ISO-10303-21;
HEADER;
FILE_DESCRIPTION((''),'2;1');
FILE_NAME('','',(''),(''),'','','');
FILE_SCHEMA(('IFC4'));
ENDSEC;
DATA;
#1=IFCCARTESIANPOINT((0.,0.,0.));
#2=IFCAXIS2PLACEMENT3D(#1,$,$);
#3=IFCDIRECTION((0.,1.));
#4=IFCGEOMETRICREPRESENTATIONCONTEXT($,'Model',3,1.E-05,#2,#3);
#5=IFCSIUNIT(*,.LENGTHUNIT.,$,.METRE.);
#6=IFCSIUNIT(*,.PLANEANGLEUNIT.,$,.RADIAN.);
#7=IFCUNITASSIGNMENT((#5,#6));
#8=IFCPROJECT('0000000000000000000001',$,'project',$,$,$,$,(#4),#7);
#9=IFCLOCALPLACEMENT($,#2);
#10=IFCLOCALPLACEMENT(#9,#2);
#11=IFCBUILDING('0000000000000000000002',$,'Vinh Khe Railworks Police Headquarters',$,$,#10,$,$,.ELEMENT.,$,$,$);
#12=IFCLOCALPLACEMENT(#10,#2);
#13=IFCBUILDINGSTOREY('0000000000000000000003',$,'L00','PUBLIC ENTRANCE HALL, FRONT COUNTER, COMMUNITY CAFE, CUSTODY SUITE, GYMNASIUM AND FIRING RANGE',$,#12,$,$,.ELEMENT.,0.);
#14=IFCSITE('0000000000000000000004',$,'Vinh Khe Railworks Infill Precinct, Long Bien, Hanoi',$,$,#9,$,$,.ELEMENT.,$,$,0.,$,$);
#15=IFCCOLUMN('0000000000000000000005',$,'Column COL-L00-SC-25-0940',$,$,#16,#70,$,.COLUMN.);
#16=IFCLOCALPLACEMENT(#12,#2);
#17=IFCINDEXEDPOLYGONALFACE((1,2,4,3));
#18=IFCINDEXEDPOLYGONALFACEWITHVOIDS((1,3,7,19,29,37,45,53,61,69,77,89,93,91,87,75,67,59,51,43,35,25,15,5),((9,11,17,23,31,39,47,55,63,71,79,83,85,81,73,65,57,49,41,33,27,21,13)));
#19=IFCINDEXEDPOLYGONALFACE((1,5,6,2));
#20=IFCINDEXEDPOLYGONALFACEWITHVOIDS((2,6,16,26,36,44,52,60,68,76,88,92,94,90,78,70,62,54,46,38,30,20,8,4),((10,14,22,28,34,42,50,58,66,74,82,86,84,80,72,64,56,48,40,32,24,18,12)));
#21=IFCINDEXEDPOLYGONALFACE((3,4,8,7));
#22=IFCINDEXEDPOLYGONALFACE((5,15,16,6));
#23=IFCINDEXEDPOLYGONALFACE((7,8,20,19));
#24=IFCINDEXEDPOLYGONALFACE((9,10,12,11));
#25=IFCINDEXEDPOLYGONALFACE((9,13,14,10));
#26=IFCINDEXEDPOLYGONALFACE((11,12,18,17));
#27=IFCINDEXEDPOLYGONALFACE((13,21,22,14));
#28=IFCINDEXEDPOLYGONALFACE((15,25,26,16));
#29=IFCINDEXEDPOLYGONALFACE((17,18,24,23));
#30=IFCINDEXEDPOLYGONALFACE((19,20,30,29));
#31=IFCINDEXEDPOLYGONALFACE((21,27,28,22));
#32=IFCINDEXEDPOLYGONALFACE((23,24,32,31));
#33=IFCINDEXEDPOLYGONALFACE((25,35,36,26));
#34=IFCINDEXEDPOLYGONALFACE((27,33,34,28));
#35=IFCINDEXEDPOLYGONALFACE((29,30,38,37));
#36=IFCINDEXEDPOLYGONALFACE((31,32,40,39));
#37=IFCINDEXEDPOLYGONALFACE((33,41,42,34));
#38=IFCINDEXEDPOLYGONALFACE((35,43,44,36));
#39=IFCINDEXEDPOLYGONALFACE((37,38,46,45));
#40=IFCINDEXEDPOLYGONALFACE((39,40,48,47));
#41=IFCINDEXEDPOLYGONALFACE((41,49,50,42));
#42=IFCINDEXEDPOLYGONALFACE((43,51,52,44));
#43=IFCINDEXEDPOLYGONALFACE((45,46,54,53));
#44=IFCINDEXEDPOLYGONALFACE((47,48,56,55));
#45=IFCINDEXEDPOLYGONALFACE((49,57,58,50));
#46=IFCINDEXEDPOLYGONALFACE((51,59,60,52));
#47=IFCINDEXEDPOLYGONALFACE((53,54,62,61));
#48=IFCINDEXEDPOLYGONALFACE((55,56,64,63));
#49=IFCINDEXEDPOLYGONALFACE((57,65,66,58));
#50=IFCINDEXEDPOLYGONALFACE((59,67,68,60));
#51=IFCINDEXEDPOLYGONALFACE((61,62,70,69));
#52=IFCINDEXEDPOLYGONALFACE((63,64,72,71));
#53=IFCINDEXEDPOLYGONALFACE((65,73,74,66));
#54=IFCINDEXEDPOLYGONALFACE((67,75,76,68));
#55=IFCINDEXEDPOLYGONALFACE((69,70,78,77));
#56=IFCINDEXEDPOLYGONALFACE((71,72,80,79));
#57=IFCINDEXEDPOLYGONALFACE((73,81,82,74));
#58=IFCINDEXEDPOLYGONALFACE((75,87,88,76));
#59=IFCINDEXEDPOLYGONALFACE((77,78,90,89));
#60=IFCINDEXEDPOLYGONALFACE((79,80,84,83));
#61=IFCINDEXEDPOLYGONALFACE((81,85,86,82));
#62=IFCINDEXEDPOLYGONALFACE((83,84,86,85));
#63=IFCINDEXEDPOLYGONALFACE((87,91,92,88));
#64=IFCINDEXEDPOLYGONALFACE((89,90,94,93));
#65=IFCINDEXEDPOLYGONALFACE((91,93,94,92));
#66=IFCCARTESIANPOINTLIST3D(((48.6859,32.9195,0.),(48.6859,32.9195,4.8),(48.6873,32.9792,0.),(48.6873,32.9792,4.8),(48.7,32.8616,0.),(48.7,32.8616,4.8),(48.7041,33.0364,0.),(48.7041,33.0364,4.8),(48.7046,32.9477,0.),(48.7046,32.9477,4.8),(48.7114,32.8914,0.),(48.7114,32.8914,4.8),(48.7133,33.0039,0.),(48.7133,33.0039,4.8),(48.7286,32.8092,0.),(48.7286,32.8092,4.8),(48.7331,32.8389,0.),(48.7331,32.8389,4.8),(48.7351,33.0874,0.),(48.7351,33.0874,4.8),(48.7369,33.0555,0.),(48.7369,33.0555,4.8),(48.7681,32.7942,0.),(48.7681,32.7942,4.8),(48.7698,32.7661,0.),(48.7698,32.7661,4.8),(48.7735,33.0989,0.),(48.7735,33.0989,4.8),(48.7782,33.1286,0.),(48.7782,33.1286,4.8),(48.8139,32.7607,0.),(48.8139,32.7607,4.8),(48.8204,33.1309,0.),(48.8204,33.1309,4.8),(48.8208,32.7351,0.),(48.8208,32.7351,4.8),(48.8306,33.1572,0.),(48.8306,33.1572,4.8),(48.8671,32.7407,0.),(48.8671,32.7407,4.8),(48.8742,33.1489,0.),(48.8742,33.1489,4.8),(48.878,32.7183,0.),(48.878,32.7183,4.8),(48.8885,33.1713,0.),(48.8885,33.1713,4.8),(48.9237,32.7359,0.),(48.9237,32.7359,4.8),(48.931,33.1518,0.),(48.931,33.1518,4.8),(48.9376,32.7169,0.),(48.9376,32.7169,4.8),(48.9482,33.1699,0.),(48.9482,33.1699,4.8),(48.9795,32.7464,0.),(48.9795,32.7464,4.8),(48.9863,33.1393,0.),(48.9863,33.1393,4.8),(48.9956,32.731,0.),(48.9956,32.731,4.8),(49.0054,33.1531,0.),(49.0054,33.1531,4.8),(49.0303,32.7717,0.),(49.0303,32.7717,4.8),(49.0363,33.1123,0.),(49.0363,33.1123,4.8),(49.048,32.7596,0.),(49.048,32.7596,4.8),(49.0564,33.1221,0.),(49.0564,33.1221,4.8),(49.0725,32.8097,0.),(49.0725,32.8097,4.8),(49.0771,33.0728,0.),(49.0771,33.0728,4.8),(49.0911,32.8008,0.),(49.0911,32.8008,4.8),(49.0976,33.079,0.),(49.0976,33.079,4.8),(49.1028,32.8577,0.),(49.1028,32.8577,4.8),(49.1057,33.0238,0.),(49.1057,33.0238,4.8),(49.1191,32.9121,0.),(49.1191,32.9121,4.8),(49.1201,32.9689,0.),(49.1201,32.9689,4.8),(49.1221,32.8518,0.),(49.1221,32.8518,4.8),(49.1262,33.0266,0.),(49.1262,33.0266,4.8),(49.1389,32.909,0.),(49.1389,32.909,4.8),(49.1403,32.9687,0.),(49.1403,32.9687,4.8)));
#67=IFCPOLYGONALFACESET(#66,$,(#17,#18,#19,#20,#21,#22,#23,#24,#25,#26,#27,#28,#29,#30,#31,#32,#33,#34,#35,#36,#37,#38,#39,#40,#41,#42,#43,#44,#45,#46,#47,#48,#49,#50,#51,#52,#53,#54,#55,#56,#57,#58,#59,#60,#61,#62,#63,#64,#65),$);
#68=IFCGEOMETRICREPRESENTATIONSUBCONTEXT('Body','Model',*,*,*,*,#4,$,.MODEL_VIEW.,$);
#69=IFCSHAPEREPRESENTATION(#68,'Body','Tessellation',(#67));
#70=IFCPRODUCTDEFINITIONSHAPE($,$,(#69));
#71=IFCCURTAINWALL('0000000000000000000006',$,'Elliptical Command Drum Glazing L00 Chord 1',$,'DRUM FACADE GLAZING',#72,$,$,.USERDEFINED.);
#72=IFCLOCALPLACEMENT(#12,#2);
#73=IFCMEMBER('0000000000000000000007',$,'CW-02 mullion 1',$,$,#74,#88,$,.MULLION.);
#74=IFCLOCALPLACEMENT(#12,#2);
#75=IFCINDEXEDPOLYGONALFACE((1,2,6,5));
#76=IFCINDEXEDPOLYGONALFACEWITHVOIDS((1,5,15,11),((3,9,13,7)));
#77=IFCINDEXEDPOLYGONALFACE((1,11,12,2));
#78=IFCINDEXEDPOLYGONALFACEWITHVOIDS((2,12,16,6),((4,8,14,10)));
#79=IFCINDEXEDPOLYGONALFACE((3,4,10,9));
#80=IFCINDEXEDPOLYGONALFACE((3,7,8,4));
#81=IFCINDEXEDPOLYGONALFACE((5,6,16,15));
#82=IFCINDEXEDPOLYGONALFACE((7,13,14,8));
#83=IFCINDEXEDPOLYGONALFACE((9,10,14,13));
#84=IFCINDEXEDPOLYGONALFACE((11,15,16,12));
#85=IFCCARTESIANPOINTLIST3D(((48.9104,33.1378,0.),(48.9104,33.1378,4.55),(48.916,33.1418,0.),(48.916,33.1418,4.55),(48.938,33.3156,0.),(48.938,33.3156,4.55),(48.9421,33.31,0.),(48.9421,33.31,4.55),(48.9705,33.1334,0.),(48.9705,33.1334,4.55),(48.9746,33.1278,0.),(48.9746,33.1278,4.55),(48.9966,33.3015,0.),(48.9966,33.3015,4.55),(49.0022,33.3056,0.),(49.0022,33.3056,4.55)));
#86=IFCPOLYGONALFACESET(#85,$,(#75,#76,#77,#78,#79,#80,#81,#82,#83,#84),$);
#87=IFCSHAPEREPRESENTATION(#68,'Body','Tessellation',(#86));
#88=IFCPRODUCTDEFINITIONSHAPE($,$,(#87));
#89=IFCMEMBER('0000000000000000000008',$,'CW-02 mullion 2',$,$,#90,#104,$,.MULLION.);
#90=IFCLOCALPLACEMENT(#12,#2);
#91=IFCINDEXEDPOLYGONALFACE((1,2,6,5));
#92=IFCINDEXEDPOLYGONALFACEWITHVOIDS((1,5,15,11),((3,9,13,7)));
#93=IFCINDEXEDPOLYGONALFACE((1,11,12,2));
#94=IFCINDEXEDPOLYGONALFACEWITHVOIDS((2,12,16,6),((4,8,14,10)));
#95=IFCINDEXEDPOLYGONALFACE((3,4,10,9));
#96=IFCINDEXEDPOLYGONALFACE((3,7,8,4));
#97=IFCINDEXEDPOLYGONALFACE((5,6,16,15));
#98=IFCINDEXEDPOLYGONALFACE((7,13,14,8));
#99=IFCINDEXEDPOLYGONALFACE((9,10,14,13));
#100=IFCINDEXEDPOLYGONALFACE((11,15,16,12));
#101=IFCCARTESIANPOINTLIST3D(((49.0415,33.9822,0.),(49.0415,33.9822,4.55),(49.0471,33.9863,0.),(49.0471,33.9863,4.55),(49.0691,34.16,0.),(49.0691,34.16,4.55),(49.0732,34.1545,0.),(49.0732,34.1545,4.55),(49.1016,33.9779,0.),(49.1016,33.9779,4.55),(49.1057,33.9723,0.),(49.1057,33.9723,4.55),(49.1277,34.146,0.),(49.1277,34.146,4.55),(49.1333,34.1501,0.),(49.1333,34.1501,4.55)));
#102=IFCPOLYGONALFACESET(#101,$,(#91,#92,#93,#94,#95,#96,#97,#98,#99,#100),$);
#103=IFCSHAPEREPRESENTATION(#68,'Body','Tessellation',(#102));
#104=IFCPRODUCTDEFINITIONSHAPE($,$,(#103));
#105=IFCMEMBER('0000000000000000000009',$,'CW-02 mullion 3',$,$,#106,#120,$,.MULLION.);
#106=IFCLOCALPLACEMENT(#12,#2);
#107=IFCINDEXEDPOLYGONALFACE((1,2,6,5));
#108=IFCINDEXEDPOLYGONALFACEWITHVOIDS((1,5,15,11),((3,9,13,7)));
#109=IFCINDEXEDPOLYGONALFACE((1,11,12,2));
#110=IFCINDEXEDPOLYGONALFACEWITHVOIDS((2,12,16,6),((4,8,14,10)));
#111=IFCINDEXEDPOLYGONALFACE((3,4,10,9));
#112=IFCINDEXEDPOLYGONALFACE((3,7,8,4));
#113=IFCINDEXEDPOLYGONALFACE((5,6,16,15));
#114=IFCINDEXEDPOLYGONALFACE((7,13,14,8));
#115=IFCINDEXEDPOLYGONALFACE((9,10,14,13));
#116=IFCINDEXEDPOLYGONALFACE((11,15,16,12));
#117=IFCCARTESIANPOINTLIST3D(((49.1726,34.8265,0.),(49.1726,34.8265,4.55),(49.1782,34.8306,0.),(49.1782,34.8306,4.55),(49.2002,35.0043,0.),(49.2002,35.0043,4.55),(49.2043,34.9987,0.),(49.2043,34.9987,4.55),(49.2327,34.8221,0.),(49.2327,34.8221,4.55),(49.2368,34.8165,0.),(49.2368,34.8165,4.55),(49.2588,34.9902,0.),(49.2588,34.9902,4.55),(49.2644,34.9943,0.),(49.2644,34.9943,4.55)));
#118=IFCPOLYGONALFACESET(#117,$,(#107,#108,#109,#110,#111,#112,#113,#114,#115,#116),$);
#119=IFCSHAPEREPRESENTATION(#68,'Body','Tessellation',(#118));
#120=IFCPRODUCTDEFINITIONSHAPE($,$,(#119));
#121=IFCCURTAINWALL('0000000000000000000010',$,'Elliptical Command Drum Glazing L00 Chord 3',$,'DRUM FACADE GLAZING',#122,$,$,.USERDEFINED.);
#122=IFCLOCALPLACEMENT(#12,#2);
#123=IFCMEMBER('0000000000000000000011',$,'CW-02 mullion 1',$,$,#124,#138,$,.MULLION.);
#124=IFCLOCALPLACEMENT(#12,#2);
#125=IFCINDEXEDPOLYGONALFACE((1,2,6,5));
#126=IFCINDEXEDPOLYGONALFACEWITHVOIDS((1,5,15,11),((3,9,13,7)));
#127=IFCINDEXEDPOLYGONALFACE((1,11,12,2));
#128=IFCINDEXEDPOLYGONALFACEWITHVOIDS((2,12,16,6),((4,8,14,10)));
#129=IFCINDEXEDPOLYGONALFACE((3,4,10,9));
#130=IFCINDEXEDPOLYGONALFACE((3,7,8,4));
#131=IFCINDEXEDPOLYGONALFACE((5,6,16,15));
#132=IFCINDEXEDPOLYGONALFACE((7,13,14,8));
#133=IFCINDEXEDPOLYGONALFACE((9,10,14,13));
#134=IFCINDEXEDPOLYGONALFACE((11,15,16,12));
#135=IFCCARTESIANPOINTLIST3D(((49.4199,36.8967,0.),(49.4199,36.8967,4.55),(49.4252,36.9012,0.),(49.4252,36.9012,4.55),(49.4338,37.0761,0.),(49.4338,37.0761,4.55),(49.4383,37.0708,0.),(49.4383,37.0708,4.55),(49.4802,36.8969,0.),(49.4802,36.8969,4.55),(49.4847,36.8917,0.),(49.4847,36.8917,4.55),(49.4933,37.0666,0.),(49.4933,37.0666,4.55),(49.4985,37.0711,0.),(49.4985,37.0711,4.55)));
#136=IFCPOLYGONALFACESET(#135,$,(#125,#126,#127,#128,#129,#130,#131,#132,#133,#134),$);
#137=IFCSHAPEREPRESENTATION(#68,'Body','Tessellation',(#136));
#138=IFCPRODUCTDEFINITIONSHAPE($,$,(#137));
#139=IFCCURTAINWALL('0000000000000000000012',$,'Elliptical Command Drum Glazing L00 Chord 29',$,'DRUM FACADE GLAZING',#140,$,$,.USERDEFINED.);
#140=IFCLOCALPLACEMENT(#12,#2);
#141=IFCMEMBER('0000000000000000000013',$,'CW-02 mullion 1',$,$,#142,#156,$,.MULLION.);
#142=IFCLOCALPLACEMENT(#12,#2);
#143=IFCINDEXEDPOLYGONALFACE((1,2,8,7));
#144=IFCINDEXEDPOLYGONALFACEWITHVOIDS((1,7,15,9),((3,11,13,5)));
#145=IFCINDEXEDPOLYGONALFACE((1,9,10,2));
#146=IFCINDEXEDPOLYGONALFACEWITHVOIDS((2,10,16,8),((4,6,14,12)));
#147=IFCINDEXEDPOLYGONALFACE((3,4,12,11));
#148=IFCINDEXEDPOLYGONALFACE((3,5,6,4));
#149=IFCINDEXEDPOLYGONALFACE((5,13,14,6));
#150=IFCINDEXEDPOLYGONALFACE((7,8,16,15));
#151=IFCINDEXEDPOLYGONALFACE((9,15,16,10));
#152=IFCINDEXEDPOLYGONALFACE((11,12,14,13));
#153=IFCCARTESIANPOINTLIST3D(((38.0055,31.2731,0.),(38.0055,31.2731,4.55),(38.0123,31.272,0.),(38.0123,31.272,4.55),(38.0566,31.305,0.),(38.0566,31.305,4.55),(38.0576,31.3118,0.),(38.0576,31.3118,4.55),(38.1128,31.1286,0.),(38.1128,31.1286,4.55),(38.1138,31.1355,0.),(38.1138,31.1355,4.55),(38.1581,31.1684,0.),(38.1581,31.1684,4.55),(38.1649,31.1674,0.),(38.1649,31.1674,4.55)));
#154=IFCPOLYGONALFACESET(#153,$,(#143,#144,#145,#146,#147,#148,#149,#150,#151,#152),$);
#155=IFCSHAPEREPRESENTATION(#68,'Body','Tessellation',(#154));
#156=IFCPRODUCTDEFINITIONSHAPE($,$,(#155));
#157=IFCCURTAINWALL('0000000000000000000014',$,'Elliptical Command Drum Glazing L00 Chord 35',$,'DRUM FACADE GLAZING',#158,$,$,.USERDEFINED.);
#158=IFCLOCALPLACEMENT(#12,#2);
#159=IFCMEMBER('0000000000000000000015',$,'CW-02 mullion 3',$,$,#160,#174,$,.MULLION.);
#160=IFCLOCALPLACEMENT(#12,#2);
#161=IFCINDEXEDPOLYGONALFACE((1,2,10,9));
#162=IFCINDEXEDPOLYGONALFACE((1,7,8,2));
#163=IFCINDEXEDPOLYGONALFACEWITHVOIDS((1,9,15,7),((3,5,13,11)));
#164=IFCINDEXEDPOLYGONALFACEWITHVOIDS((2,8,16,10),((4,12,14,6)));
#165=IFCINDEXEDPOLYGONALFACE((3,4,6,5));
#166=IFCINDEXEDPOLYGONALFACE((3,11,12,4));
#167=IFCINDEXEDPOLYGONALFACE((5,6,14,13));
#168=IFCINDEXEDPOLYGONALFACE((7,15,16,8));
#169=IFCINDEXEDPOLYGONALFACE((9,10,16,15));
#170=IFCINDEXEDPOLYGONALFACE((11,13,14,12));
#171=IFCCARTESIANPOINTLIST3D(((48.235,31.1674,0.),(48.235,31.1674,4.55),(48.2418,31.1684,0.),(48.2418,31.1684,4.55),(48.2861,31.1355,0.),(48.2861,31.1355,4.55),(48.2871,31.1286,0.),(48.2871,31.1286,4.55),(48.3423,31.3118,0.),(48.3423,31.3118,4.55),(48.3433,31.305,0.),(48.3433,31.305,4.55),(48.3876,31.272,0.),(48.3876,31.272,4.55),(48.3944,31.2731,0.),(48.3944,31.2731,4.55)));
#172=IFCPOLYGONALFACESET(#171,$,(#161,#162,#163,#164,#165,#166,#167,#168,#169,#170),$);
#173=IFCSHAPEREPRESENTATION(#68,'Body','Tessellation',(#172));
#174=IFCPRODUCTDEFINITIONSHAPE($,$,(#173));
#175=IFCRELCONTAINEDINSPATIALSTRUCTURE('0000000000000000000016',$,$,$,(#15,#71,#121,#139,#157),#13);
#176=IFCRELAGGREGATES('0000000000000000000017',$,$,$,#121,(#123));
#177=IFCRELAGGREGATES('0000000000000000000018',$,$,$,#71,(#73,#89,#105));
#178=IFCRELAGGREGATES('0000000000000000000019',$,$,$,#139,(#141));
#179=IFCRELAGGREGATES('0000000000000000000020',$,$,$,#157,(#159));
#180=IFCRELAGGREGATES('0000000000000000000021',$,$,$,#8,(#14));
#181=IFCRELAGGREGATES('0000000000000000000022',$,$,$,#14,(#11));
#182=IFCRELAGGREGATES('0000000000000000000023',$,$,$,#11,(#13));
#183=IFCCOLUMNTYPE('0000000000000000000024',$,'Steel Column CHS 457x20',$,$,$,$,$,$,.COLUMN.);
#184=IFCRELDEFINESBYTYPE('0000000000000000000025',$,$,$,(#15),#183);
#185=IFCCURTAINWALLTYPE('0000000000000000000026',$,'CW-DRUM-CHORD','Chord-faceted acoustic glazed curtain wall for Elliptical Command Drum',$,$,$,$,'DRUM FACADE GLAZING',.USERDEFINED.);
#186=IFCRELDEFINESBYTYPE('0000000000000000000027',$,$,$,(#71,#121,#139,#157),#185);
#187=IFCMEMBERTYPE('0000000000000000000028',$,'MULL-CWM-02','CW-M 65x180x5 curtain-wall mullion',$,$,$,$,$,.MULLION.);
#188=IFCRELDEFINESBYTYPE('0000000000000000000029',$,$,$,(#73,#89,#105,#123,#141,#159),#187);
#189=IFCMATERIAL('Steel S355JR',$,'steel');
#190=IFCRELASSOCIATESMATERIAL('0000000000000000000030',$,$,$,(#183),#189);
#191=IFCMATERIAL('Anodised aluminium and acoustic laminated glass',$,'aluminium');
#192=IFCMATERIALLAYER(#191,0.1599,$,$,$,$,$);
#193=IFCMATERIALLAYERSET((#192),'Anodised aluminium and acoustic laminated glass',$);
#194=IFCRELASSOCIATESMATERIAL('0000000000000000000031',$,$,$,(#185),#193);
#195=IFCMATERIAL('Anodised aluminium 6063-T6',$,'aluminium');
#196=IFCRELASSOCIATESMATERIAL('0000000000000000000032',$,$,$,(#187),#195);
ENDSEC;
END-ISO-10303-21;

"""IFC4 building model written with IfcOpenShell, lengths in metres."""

from ifc_helpers import new_model, si_unit, direction, frame, origin, origin_2d, place, context, subcontext, project, spatial, hollow_rectangle, hollow_circle, extrude, material, layer, layer_set, material_profile, profile_set, type_object, element, aggregate, save


model = new_model("IFC4")

# Units and contexts
model_context = context("Model", 3, precision=1e-05, world=origin(), true_north=direction((0.0, 1.0)))
body_context = subcontext(model_context, "Body", "Model", "MODEL_VIEW")
ifc_project = project(units=[si_unit("LENGTHUNIT", "METRE"), si_unit("PLANEANGLEUNIT", "RADIAN")], contexts=[model_context])

# Site, building, storey
site_placement = place(None, origin())
site = spatial("IfcSite", under=ifc_project, at=site_placement, Name="Vinh Khe Railworks Infill Precinct, Long Bien, Hanoi", CompositionType="ELEMENT", RefElevation=0.0)
building_placement = place(site_placement, origin())
building = spatial("IfcBuilding", under=site, at=building_placement, Name="Vinh Khe Railworks Police Headquarters", CompositionType="ELEMENT")
storey_placement = place(building_placement, origin())
storey = spatial("IfcBuildingStorey", under=building, at=storey_placement, Name="L00", Description="PUBLIC ENTRANCE HALL, FRONT COUNTER, COMMUNITY CAFE, CUSTODY SUITE, GYMNASIUM AND FIRING RANGE", CompositionType="ELEMENT", Elevation=0.0)

# Column
ifc_material_1 = material(Name="Steel S355JR", Category="steel")
ifc_material_profile_1 = material_profile(ifc_material_1, hollow_circle(Radius=0.2285, WallThickness=0.02, at=origin_2d()), Name="CHS 457x20")
ifc_profile_set_1 = profile_set([ifc_material_profile_1], Name="Steel S355JR")
column_type = type_object("IfcColumnType", Name="Steel Column CHS 457x20", PredefinedType="COLUMN", material=ifc_profile_set_1)
column_placement = place(storey_placement, frame((48.9131, 32.9441, 0.0), z_axis=(0.0, 0.0, 1.0), x_axis=(0.988148, -0.153503, 0.0)))
element("IfcColumn", 1, at=column_placement, inside=storey, type_object=column_type, Name="Column COL-L00-SC-25-0940", PredefinedType="COLUMN", context=body_context, shape_type="SweptSolid", body=[
    extrude(hollow_circle(Radius=0.2285, WallThickness=0.02, at=origin_2d()), origin(), (0.0, 0.0, 1.0), 4.8),
])

# Curtain wall, members
ifc_material_2 = material(Name="Anodised aluminium and acoustic laminated glass", Category="aluminium")
ifc_layer_1 = layer(ifc_material_2, 0.1599)
ifc_layer_set_1 = layer_set([ifc_layer_1], Name="Anodised aluminium and acoustic laminated glass")
curtain_wall_type = type_object("IfcCurtainWallType", Name="CW-DRUM-CHORD", Description="Chord-faceted acoustic glazed curtain wall for Elliptical Command Drum", ElementType="DRUM FACADE GLAZING", PredefinedType="USERDEFINED", material=ifc_layer_set_1)
curtain_wall_1_placement = place(storey_placement, origin())
curtain_wall_1 = element("IfcCurtainWall", 2, at=curtain_wall_1_placement, inside=storey, type_object=curtain_wall_type, Name="Elliptical Command Drum Glazing L00 Chord 1", ObjectType="DRUM FACADE GLAZING", PredefinedType="USERDEFINED")
ifc_material_3 = material(Name="Anodised aluminium 6063-T6", Category="aluminium")
ifc_material_profile_2 = material_profile(ifc_material_3, hollow_rectangle(XDim=0.0649, YDim=0.1799, WallThickness=0.0049, at=origin_2d()), Name="CW-M 65x180x5")
ifc_profile_set_2 = profile_set([ifc_material_profile_2], Name="Anodised aluminium 6063-T6")
member_type_1 = type_object("IfcMemberType", Name="MULL-CWM-02", Description="CW-M 65x180x5 curtain-wall mullion", PredefinedType="MULLION", material=ifc_profile_set_2)
member_1_placement = place(storey_placement, frame((48.9563, 33.2217, 0.0), z_axis=(0.0, 0.0, 1.0), x_axis=(-0.98815, 0.153491, 0.0)))
member_1 = element("IfcMember", 3, at=member_1_placement, type_object=member_type_1, Name="CW-02 mullion 1", PredefinedType="MULLION", context=body_context, shape_type="SweptSolid", body=[
    extrude(hollow_rectangle(XDim=0.0649, YDim=0.1799, WallThickness=0.0049, at=origin_2d()), origin(), (0.0, 0.0, 1.0), 4.55),
])
member_2_placement = place(storey_placement, frame((49.0874, 34.0662, 0.0), z_axis=(0.0, 0.0, 1.0), x_axis=(-0.98815, 0.153491, 0.0)))
member_2 = element("IfcMember", 4, at=member_2_placement, type_object=member_type_1, Name="CW-02 mullion 2", PredefinedType="MULLION", context=body_context, shape_type="SweptSolid", body=[
    extrude(hollow_rectangle(XDim=0.0649, YDim=0.1799, WallThickness=0.0049, at=origin_2d()), origin(), (0.0, 0.0, 1.0), 4.55),
])
member_3_placement = place(storey_placement, frame((49.2185, 34.9104, 0.0), z_axis=(0.0, 0.0, 1.0), x_axis=(-0.98815, 0.153491, 0.0)))
member_3 = element("IfcMember", 5, at=member_3_placement, type_object=member_type_1, Name="CW-02 mullion 3", PredefinedType="MULLION", context=body_context, shape_type="SweptSolid", body=[
    extrude(hollow_rectangle(XDim=0.0649, YDim=0.1799, WallThickness=0.0049, at=origin_2d()), origin(), (0.0, 0.0, 1.0), 4.55),
])

# Curtain walls, members
curtain_wall_2_placement = place(storey_placement, origin())
curtain_wall_2 = element("IfcCurtainWall", 6, at=curtain_wall_2_placement, inside=storey, type_object=curtain_wall_type, Name="Elliptical Command Drum Glazing L00 Chord 3", ObjectType="DRUM FACADE GLAZING", PredefinedType="USERDEFINED")
member_4_placement = place(storey_placement, frame((49.4592, 36.9839, 0.0), z_axis=(0.0, 0.0, 1.0), x_axis=(-0.997033, 0.07697, 0.0)))
member_4 = element("IfcMember", 7, at=member_4_placement, type_object=member_type_1, Name="CW-02 mullion 1", PredefinedType="MULLION", context=body_context, shape_type="SweptSolid", body=[
    extrude(hollow_rectangle(XDim=0.0649, YDim=0.1799, WallThickness=0.0049, at=origin_2d()), origin(), (0.0, 0.0, 1.0), 4.55),
])
curtain_wall_3_placement = place(storey_placement, origin())
curtain_wall_3 = element("IfcCurtainWall", 8, at=curtain_wall_3_placement, inside=storey, type_object=curtain_wall_type, Name="Elliptical Command Drum Glazing L00 Chord 29", ObjectType="DRUM FACADE GLAZING", PredefinedType="USERDEFINED")
member_5_placement = place(storey_placement, frame((38.0852, 31.2202, 0.0), z_axis=(0.0, 0.0, 1.0), x_axis=(0.802592, 0.596528, 0.0)))
member_5 = element("IfcMember", 9, at=member_5_placement, type_object=member_type_1, Name="CW-02 mullion 1", PredefinedType="MULLION", context=body_context, shape_type="SweptSolid", body=[
    extrude(hollow_rectangle(XDim=0.0649, YDim=0.1799, WallThickness=0.0049, at=origin_2d()), origin(), (0.0, 0.0, 1.0), 4.55),
])
curtain_wall_4_placement = place(storey_placement, origin())
curtain_wall_4 = element("IfcCurtainWall", 10, at=curtain_wall_4_placement, inside=storey, type_object=curtain_wall_type, Name="Elliptical Command Drum Glazing L00 Chord 35", ObjectType="DRUM FACADE GLAZING", PredefinedType="USERDEFINED")
member_6_placement = place(storey_placement, frame((48.3147, 31.2202, 0.0), z_axis=(0.0, 0.0, 1.0), x_axis=(-0.802592, 0.596528, 0.0)))
member_6 = element("IfcMember", 11, at=member_6_placement, type_object=member_type_1, Name="CW-02 mullion 3", PredefinedType="MULLION", context=body_context, shape_type="SweptSolid", body=[
    extrude(hollow_rectangle(XDim=0.0649, YDim=0.1799, WallThickness=0.0049, at=origin_2d()), origin(), (0.0, 0.0, 1.0), 4.55),
])

aggregate(curtain_wall_2, [member_4])

aggregate(curtain_wall_1, [member_1, member_2, member_3])
aggregate(curtain_wall_3, [member_5])
aggregate(curtain_wall_4, [member_6])

save(model, "model.ifc")
